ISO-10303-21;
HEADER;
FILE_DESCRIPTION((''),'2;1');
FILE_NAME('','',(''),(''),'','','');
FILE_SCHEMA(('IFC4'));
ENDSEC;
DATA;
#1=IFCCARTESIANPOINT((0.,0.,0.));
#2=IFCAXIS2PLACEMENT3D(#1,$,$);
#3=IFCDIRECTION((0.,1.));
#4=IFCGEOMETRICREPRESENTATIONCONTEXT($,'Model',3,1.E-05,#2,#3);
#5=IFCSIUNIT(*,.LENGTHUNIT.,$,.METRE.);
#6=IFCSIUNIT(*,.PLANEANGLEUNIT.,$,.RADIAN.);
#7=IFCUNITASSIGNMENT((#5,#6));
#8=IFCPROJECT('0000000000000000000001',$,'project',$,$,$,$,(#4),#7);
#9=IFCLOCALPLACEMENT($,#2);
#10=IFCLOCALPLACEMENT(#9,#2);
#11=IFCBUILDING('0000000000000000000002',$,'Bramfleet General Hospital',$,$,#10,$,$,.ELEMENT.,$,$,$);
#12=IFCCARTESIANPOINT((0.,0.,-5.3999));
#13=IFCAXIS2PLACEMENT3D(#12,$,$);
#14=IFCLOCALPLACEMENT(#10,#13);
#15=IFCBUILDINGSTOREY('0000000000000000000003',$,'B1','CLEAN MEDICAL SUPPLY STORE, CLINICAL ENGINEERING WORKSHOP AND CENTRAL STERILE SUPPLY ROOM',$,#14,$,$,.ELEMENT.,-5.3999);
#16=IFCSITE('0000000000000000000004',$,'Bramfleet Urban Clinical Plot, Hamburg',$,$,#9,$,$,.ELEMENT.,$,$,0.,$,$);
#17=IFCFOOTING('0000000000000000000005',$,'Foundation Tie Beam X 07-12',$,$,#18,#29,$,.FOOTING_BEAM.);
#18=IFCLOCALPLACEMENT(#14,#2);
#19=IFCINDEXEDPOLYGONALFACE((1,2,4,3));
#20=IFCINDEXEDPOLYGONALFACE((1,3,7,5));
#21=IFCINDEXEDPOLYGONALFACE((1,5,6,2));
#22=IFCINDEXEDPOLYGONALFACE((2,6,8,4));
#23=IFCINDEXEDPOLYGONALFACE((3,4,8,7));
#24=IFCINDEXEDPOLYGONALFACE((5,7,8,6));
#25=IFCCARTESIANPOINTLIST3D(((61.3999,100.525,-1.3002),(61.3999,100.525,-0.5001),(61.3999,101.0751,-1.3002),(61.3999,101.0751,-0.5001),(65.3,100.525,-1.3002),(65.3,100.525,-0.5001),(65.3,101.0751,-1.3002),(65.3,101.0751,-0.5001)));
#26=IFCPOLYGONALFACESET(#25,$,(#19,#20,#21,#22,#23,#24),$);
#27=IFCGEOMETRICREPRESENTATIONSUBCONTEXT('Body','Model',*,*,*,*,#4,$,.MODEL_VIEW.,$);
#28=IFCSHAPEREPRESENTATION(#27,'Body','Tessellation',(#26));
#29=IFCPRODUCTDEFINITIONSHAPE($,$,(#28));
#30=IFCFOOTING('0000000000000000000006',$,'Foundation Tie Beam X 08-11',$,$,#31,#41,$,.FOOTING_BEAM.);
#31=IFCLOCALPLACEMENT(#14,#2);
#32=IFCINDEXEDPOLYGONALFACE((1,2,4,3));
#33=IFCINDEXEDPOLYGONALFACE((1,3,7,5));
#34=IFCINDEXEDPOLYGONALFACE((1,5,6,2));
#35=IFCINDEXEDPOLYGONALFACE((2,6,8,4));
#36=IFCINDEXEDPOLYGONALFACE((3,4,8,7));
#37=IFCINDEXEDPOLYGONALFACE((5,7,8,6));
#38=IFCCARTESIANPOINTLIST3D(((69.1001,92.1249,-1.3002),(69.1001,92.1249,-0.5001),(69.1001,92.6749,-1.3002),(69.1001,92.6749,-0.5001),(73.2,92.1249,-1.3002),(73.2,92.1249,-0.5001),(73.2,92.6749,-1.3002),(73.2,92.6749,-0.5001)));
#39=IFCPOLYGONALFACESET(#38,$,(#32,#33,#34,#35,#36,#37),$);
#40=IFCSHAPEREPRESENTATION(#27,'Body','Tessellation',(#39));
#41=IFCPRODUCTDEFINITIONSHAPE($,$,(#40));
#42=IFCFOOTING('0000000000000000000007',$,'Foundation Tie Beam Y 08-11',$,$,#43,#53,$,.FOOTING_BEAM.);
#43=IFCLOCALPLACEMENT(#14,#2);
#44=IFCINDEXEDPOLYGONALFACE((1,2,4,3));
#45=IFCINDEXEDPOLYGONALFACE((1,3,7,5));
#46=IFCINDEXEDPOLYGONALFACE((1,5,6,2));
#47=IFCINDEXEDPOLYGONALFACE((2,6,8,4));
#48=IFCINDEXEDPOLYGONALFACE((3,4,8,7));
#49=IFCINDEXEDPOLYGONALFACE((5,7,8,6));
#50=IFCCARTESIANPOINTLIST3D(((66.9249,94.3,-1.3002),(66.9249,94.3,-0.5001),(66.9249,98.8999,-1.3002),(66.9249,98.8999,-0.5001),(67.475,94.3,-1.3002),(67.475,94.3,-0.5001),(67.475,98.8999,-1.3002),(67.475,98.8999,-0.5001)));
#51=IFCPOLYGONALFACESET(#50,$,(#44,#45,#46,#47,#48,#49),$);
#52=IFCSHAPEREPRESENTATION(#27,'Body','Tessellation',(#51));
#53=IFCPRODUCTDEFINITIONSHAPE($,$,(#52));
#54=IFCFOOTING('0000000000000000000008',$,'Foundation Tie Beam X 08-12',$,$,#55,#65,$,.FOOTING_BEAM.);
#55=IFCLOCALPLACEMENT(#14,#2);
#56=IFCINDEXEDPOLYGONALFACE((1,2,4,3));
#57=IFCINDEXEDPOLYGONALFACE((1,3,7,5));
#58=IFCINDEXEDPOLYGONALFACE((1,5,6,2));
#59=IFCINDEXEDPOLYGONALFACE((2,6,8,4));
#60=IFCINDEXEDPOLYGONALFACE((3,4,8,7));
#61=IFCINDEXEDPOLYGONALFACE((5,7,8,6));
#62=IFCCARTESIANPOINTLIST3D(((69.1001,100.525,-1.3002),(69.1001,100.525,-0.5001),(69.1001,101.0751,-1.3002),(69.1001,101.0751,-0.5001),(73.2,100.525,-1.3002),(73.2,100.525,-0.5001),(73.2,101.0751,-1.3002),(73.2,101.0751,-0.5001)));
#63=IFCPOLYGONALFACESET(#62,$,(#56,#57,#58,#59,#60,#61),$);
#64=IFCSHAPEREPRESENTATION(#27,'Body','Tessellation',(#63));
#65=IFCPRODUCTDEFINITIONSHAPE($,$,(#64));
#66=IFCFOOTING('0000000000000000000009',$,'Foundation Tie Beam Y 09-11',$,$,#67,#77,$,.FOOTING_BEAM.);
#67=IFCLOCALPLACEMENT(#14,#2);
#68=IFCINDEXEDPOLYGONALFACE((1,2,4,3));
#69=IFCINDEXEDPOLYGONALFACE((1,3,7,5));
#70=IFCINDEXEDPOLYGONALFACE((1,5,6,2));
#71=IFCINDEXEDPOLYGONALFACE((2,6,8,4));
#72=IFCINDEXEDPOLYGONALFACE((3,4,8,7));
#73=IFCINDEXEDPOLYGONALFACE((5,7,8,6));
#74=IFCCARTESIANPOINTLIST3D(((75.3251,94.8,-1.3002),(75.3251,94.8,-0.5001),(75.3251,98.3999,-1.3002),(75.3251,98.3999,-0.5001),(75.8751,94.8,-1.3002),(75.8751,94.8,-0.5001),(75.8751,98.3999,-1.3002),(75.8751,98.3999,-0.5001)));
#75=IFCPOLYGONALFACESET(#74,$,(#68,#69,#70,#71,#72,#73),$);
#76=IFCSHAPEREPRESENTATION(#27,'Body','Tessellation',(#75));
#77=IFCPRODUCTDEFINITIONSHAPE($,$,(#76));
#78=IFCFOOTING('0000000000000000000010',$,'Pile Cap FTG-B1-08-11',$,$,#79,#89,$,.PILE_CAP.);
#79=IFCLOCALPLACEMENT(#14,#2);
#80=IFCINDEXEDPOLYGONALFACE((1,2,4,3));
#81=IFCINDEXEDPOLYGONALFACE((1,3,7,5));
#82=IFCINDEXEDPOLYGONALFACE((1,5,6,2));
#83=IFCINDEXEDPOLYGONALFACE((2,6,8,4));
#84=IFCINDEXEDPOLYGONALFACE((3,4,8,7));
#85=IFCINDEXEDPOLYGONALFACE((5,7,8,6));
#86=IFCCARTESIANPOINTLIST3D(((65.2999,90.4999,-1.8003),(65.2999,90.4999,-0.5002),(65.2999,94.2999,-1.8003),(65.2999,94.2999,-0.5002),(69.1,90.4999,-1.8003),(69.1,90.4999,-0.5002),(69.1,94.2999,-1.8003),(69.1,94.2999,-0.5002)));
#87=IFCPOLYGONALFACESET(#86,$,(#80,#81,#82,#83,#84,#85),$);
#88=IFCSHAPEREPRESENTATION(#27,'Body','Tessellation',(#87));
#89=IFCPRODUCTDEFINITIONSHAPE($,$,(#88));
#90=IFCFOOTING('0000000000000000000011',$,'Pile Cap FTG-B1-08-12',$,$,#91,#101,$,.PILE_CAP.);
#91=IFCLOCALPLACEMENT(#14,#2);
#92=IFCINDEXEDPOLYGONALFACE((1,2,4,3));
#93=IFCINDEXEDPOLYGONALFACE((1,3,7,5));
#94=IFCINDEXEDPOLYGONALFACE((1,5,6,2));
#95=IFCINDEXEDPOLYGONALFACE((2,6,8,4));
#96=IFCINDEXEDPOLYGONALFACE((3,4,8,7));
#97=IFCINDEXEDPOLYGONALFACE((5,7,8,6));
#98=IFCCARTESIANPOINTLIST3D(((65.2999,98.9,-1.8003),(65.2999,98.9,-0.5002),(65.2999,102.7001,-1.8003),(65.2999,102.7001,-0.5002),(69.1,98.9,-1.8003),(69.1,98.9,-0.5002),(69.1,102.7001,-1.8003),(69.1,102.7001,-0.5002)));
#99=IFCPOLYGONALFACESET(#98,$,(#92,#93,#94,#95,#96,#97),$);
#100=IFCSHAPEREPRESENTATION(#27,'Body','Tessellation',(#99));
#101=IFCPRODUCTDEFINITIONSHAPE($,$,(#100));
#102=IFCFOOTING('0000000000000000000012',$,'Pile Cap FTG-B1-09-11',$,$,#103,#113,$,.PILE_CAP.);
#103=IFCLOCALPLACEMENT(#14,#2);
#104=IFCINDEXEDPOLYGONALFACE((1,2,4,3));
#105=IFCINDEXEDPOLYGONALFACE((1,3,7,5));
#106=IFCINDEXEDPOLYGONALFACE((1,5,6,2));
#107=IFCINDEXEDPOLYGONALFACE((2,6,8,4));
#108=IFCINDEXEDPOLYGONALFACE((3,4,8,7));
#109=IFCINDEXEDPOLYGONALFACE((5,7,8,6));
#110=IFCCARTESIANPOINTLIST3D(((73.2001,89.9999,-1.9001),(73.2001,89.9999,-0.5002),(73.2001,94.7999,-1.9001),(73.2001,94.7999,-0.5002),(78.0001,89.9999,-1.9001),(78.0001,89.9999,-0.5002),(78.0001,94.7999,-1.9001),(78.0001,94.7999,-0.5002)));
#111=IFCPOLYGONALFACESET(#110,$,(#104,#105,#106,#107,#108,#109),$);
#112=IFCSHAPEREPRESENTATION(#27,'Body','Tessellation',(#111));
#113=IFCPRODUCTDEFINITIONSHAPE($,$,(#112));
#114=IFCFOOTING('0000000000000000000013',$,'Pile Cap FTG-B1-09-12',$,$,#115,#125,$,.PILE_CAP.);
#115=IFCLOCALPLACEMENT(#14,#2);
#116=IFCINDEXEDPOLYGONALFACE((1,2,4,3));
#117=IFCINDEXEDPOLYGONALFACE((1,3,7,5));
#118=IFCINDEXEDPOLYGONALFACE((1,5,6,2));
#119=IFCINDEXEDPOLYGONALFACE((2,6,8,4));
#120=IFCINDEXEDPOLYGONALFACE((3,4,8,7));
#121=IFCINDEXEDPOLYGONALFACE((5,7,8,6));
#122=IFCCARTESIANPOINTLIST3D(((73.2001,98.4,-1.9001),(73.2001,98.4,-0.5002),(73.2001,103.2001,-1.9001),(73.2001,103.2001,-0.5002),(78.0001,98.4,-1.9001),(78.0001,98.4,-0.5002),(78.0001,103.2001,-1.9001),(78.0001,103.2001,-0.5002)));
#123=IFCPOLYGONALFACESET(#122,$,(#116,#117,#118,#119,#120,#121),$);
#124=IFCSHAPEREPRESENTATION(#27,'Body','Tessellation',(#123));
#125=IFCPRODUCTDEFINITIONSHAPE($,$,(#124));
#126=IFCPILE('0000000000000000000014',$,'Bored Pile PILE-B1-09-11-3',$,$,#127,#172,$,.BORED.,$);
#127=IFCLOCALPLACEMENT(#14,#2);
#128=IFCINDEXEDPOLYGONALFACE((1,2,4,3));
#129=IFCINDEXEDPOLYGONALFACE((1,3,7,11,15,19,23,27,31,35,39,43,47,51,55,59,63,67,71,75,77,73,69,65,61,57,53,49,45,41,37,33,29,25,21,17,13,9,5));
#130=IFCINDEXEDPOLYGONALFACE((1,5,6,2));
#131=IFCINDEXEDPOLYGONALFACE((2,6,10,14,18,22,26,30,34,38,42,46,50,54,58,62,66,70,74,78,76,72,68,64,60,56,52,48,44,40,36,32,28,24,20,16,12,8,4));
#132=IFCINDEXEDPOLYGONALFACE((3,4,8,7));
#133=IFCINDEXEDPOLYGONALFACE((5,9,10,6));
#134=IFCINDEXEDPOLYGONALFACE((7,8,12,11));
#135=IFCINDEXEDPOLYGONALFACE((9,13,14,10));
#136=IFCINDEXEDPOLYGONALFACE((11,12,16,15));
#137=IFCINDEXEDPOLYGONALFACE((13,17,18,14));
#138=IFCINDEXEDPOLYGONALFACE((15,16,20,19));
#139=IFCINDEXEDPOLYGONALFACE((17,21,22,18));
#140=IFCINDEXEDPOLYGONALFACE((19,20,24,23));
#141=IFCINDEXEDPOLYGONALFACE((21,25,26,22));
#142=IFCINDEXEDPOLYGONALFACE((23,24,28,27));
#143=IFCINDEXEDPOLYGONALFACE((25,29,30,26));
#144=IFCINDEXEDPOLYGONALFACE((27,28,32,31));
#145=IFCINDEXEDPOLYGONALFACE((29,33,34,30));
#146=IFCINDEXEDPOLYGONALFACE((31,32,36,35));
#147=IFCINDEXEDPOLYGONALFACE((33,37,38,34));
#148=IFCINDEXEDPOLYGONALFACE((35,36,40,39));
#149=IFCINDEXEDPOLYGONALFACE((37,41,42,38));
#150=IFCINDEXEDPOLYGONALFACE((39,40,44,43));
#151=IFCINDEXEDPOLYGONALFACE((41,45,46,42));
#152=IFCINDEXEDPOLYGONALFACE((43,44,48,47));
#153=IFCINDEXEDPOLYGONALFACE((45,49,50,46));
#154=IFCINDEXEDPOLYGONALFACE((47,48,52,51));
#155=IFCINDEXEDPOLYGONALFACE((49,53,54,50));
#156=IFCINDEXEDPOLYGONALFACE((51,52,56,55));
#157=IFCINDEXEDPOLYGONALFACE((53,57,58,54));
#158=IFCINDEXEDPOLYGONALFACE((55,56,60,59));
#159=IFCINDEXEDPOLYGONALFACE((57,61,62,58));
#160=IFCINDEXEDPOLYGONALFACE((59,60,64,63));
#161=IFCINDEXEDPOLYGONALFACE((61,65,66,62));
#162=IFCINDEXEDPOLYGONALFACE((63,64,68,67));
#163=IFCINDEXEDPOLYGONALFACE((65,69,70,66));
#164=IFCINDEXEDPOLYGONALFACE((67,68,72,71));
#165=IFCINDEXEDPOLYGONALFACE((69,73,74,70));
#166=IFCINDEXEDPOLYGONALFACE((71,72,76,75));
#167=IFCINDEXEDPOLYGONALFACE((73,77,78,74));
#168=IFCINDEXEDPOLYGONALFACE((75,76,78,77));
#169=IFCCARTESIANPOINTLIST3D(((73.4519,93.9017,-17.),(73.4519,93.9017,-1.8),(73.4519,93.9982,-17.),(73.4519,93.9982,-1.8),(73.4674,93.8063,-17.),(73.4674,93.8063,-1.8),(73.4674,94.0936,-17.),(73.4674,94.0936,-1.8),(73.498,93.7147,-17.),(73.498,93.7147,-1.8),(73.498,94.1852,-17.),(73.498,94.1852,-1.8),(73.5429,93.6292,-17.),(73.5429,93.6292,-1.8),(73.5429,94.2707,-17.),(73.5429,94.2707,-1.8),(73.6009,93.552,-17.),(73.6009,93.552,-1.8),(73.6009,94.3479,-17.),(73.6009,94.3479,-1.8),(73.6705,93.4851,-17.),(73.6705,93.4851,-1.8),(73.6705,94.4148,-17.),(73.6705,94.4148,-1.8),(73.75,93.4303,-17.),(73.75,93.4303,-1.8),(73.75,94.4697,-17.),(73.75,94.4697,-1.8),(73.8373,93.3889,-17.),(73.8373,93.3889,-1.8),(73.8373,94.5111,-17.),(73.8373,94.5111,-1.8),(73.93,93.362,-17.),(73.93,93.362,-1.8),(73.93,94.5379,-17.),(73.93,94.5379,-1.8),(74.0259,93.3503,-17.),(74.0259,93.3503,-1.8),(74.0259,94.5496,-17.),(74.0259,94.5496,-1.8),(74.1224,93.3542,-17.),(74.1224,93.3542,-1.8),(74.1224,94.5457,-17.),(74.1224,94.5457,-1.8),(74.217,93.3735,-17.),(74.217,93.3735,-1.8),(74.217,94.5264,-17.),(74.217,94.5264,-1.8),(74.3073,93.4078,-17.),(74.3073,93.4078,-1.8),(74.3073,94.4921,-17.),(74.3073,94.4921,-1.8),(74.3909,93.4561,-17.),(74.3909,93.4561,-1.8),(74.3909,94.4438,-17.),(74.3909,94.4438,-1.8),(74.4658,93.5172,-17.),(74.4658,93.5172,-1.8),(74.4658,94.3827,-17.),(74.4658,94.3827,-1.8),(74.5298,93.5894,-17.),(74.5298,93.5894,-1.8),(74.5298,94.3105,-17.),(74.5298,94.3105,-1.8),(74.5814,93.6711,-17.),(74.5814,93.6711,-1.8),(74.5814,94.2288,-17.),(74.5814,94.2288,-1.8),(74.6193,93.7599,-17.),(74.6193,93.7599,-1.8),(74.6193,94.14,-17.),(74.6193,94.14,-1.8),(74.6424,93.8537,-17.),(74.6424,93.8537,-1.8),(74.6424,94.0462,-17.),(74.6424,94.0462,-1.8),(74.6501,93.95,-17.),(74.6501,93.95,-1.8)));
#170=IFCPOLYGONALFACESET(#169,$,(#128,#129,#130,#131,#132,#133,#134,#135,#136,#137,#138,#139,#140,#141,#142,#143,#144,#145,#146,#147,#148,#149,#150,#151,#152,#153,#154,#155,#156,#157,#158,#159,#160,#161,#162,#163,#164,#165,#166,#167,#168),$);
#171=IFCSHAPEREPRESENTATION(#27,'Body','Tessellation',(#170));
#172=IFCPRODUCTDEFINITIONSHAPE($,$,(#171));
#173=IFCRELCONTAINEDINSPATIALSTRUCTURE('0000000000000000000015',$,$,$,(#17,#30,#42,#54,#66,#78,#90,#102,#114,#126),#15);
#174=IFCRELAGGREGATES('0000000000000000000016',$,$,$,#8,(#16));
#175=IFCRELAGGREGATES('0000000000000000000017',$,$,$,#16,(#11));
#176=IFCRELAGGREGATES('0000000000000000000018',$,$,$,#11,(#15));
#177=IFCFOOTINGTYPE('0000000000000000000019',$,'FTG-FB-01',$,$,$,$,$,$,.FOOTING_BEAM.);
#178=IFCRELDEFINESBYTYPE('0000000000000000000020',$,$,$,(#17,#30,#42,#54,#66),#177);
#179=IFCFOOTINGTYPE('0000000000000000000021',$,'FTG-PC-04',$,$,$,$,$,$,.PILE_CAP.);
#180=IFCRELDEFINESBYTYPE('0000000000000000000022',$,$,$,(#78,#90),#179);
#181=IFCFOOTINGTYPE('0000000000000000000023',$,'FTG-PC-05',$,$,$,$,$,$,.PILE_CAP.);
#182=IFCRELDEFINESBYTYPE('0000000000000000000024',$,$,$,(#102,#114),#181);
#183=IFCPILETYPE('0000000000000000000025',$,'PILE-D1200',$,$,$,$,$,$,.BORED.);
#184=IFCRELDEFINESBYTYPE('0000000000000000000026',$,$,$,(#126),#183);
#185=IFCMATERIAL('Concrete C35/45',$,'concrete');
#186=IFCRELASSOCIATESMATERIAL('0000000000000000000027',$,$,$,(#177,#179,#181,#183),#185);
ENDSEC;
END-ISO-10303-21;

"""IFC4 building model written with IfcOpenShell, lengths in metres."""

from ifc_helpers import new_model, si_unit, direction, frame, origin, origin_2d, place, context, subcontext, project, spatial, rectangle, circle, extrude, material, material_profile, profile_set, type_object, element, save


model = new_model("IFC4")

# Units and contexts
model_context = context("Model", 3, precision=1e-05, world=origin(), true_north=direction((0.0, 1.0)))
body_context = subcontext(model_context, "Body", "Model", "MODEL_VIEW")
ifc_project = project(units=[si_unit("LENGTHUNIT", "METRE"), si_unit("PLANEANGLEUNIT", "RADIAN")], contexts=[model_context])

# Site, building, storey
site_placement = place(None, origin())
site = spatial("IfcSite", under=ifc_project, at=site_placement, Name="Bramfleet Urban Clinical Plot, Hamburg", CompositionType="ELEMENT", RefElevation=0.0)
building_placement = place(site_placement, origin())
building = spatial("IfcBuilding", under=site, at=building_placement, Name="Bramfleet General Hospital", CompositionType="ELEMENT")
storey_placement = place(building_placement, frame((0.0, 0.0, -5.3999)))
storey = spatial("IfcBuildingStorey", under=building, at=storey_placement, Name="B1", Description="CLEAN MEDICAL SUPPLY STORE, CLINICAL ENGINEERING WORKSHOP AND CENTRAL STERILE SUPPLY ROOM", CompositionType="ELEMENT", Elevation=-5.3999)

# Footings
ifc_material_1 = material(Name="Concrete C35/45", Category="concrete")
ifc_material_profile_1 = material_profile(ifc_material_1, rectangle(XDim=0.55, YDim=0.8, at=origin_2d()), Name="RC FB 800x550")
ifc_profile_set_1 = profile_set([ifc_material_profile_1], Name="Concrete C35/45")
footing_type_1 = type_object("IfcFootingType", Name="FTG-FB-01", PredefinedType="FOOTING_BEAM", material=ifc_profile_set_1)
footing_1_placement = place(storey_placement, frame((61.3999, 100.8, -0.9001), z_axis=(1.0, 0.0, 0.0), x_axis=(0.0, 1.0, 0.0)))
element("IfcFooting", 1, at=footing_1_placement, inside=storey, type_object=footing_type_1, Name="Foundation Tie Beam X 07-12", PredefinedType="FOOTING_BEAM", context=body_context, shape_type="SweptSolid", body=[
    extrude(rectangle(XDim=0.55, YDim=0.8, at=origin_2d()), origin(), (0.0, 0.0, 1.0), 3.9001),
])
footing_2_placement = place(storey_placement, frame((69.1001, 92.3999, -0.9001), z_axis=(1.0, 0.0, 0.0), x_axis=(0.0, 1.0, 0.0)))
element("IfcFooting", 2, at=footing_2_placement, inside=storey, type_object=footing_type_1, Name="Foundation Tie Beam X 08-11", PredefinedType="FOOTING_BEAM", context=body_context, shape_type="SweptSolid", body=[
    extrude(rectangle(XDim=0.55, YDim=0.8, at=origin_2d()), origin(), (0.0, 0.0, 1.0), 4.0999),
])
footing_3_placement = place(storey_placement, frame((67.2, 94.3, -0.9001), z_axis=(0.0, 1.0, 0.0), x_axis=(-1.0, 0.0, 0.0)))
element("IfcFooting", 3, at=footing_3_placement, inside=storey, type_object=footing_type_1, Name="Foundation Tie Beam Y 08-11", PredefinedType="FOOTING_BEAM", context=body_context, shape_type="SweptSolid", body=[
    extrude(rectangle(XDim=0.55, YDim=0.8, at=origin_2d()), origin(), (0.0, 0.0, 1.0), 4.5999),
])
footing_4_placement = place(storey_placement, frame((69.1001, 100.8, -0.9001), z_axis=(1.0, 0.0, 0.0), x_axis=(0.0, 1.0, 0.0)))
element("IfcFooting", 4, at=footing_4_placement, inside=storey, type_object=footing_type_1, Name="Foundation Tie Beam X 08-12", PredefinedType="FOOTING_BEAM", context=body_context, shape_type="SweptSolid", body=[
    extrude(rectangle(XDim=0.55, YDim=0.8, at=origin_2d()), origin(), (0.0, 0.0, 1.0), 4.0999),
])
footing_5_placement = place(storey_placement, frame((75.6001, 94.8, -0.9001), z_axis=(0.0, 1.0, 0.0), x_axis=(-1.0, 0.0, 0.0)))
element("IfcFooting", 5, at=footing_5_placement, inside=storey, type_object=footing_type_1, Name="Foundation Tie Beam Y 09-11", PredefinedType="FOOTING_BEAM", context=body_context, shape_type="SweptSolid", body=[
    extrude(rectangle(XDim=0.55, YDim=0.8, at=origin_2d()), origin(), (0.0, 0.0, 1.0), 3.5999),
])
footing_type_2 = type_object("IfcFootingType", Name="FTG-PC-04", PredefinedType="PILE_CAP", material=ifc_material_1)
for number, where, z_axis, x_axis, name in (
    (6, (67.2, 92.3999, -1.8003), (0.0, 0.0, 1.0), (1.0, 0.0, 0.0), "Pile Cap FTG-B1-08-11"),
    (7, (67.2, 100.8, -1.8003), (0.0, 0.0, 1.0), (1.0, 0.0, 0.0), "Pile Cap FTG-B1-08-12"),
):
    element("IfcFooting", number, at=place(storey_placement, frame(where, z_axis=z_axis, x_axis=x_axis)), inside=storey, type_object=footing_type_2, Name=name, PredefinedType="PILE_CAP", context=body_context, shape_type="SweptSolid", body=[
        extrude(rectangle(XDim=3.8, YDim=3.8, at=origin_2d()), origin(), (0.0, 0.0, 1.0), 1.3),
    ])
footing_type_3 = type_object("IfcFootingType", Name="FTG-PC-05", PredefinedType="PILE_CAP", material=ifc_material_1)
for number, where, z_axis, x_axis, name in (
    (8, (75.6001, 92.3999, -1.9001), (0.0, 0.0, 1.0), (1.0, 0.0, 0.0), "Pile Cap FTG-B1-09-11"),
    (9, (75.6001, 100.8, -1.9001), (0.0, 0.0, 1.0), (1.0, 0.0, 0.0), "Pile Cap FTG-B1-09-12"),
):
    element("IfcFooting", number, at=place(storey_placement, frame(where, z_axis=z_axis, x_axis=x_axis)), inside=storey, type_object=footing_type_3, Name=name, PredefinedType="PILE_CAP", context=body_context, shape_type="SweptSolid", body=[
        extrude(rectangle(XDim=4.8, YDim=4.8, at=origin_2d()), origin(), (0.0, 0.0, 1.0), 1.3999),
    ])

# Pile
ifc_material_profile_2 = material_profile(ifc_material_1, circle(Radius=0.6001, at=origin_2d()), Name="PILE BORED D1200")
ifc_profile_set_2 = profile_set([ifc_material_profile_2], Name="Concrete C35/45")
pile_type_1 = type_object("IfcPileType", Name="PILE-D1200", PredefinedType="BORED", material=ifc_profile_set_2)
for number, where, z_axis, x_axis, name in (
    (10, (74.05, 93.95, -1.8), (0.0, 0.0, -1.0), (1.0, 0.0, 0.0), "Bored Pile PILE-B1-09-11-3"),
):
    element("IfcPile", number, at=place(storey_placement, frame(where, z_axis=z_axis, x_axis=x_axis)), inside=storey, type_object=pile_type_1, Name=name, PredefinedType="BORED", context=body_context, shape_type="SweptSolid", body=[
        extrude(circle(Radius=0.6001, at=origin_2d()), origin(), (0.0, 0.0, 1.0), 15.2),
    ])

save(model, "model.ifc")
